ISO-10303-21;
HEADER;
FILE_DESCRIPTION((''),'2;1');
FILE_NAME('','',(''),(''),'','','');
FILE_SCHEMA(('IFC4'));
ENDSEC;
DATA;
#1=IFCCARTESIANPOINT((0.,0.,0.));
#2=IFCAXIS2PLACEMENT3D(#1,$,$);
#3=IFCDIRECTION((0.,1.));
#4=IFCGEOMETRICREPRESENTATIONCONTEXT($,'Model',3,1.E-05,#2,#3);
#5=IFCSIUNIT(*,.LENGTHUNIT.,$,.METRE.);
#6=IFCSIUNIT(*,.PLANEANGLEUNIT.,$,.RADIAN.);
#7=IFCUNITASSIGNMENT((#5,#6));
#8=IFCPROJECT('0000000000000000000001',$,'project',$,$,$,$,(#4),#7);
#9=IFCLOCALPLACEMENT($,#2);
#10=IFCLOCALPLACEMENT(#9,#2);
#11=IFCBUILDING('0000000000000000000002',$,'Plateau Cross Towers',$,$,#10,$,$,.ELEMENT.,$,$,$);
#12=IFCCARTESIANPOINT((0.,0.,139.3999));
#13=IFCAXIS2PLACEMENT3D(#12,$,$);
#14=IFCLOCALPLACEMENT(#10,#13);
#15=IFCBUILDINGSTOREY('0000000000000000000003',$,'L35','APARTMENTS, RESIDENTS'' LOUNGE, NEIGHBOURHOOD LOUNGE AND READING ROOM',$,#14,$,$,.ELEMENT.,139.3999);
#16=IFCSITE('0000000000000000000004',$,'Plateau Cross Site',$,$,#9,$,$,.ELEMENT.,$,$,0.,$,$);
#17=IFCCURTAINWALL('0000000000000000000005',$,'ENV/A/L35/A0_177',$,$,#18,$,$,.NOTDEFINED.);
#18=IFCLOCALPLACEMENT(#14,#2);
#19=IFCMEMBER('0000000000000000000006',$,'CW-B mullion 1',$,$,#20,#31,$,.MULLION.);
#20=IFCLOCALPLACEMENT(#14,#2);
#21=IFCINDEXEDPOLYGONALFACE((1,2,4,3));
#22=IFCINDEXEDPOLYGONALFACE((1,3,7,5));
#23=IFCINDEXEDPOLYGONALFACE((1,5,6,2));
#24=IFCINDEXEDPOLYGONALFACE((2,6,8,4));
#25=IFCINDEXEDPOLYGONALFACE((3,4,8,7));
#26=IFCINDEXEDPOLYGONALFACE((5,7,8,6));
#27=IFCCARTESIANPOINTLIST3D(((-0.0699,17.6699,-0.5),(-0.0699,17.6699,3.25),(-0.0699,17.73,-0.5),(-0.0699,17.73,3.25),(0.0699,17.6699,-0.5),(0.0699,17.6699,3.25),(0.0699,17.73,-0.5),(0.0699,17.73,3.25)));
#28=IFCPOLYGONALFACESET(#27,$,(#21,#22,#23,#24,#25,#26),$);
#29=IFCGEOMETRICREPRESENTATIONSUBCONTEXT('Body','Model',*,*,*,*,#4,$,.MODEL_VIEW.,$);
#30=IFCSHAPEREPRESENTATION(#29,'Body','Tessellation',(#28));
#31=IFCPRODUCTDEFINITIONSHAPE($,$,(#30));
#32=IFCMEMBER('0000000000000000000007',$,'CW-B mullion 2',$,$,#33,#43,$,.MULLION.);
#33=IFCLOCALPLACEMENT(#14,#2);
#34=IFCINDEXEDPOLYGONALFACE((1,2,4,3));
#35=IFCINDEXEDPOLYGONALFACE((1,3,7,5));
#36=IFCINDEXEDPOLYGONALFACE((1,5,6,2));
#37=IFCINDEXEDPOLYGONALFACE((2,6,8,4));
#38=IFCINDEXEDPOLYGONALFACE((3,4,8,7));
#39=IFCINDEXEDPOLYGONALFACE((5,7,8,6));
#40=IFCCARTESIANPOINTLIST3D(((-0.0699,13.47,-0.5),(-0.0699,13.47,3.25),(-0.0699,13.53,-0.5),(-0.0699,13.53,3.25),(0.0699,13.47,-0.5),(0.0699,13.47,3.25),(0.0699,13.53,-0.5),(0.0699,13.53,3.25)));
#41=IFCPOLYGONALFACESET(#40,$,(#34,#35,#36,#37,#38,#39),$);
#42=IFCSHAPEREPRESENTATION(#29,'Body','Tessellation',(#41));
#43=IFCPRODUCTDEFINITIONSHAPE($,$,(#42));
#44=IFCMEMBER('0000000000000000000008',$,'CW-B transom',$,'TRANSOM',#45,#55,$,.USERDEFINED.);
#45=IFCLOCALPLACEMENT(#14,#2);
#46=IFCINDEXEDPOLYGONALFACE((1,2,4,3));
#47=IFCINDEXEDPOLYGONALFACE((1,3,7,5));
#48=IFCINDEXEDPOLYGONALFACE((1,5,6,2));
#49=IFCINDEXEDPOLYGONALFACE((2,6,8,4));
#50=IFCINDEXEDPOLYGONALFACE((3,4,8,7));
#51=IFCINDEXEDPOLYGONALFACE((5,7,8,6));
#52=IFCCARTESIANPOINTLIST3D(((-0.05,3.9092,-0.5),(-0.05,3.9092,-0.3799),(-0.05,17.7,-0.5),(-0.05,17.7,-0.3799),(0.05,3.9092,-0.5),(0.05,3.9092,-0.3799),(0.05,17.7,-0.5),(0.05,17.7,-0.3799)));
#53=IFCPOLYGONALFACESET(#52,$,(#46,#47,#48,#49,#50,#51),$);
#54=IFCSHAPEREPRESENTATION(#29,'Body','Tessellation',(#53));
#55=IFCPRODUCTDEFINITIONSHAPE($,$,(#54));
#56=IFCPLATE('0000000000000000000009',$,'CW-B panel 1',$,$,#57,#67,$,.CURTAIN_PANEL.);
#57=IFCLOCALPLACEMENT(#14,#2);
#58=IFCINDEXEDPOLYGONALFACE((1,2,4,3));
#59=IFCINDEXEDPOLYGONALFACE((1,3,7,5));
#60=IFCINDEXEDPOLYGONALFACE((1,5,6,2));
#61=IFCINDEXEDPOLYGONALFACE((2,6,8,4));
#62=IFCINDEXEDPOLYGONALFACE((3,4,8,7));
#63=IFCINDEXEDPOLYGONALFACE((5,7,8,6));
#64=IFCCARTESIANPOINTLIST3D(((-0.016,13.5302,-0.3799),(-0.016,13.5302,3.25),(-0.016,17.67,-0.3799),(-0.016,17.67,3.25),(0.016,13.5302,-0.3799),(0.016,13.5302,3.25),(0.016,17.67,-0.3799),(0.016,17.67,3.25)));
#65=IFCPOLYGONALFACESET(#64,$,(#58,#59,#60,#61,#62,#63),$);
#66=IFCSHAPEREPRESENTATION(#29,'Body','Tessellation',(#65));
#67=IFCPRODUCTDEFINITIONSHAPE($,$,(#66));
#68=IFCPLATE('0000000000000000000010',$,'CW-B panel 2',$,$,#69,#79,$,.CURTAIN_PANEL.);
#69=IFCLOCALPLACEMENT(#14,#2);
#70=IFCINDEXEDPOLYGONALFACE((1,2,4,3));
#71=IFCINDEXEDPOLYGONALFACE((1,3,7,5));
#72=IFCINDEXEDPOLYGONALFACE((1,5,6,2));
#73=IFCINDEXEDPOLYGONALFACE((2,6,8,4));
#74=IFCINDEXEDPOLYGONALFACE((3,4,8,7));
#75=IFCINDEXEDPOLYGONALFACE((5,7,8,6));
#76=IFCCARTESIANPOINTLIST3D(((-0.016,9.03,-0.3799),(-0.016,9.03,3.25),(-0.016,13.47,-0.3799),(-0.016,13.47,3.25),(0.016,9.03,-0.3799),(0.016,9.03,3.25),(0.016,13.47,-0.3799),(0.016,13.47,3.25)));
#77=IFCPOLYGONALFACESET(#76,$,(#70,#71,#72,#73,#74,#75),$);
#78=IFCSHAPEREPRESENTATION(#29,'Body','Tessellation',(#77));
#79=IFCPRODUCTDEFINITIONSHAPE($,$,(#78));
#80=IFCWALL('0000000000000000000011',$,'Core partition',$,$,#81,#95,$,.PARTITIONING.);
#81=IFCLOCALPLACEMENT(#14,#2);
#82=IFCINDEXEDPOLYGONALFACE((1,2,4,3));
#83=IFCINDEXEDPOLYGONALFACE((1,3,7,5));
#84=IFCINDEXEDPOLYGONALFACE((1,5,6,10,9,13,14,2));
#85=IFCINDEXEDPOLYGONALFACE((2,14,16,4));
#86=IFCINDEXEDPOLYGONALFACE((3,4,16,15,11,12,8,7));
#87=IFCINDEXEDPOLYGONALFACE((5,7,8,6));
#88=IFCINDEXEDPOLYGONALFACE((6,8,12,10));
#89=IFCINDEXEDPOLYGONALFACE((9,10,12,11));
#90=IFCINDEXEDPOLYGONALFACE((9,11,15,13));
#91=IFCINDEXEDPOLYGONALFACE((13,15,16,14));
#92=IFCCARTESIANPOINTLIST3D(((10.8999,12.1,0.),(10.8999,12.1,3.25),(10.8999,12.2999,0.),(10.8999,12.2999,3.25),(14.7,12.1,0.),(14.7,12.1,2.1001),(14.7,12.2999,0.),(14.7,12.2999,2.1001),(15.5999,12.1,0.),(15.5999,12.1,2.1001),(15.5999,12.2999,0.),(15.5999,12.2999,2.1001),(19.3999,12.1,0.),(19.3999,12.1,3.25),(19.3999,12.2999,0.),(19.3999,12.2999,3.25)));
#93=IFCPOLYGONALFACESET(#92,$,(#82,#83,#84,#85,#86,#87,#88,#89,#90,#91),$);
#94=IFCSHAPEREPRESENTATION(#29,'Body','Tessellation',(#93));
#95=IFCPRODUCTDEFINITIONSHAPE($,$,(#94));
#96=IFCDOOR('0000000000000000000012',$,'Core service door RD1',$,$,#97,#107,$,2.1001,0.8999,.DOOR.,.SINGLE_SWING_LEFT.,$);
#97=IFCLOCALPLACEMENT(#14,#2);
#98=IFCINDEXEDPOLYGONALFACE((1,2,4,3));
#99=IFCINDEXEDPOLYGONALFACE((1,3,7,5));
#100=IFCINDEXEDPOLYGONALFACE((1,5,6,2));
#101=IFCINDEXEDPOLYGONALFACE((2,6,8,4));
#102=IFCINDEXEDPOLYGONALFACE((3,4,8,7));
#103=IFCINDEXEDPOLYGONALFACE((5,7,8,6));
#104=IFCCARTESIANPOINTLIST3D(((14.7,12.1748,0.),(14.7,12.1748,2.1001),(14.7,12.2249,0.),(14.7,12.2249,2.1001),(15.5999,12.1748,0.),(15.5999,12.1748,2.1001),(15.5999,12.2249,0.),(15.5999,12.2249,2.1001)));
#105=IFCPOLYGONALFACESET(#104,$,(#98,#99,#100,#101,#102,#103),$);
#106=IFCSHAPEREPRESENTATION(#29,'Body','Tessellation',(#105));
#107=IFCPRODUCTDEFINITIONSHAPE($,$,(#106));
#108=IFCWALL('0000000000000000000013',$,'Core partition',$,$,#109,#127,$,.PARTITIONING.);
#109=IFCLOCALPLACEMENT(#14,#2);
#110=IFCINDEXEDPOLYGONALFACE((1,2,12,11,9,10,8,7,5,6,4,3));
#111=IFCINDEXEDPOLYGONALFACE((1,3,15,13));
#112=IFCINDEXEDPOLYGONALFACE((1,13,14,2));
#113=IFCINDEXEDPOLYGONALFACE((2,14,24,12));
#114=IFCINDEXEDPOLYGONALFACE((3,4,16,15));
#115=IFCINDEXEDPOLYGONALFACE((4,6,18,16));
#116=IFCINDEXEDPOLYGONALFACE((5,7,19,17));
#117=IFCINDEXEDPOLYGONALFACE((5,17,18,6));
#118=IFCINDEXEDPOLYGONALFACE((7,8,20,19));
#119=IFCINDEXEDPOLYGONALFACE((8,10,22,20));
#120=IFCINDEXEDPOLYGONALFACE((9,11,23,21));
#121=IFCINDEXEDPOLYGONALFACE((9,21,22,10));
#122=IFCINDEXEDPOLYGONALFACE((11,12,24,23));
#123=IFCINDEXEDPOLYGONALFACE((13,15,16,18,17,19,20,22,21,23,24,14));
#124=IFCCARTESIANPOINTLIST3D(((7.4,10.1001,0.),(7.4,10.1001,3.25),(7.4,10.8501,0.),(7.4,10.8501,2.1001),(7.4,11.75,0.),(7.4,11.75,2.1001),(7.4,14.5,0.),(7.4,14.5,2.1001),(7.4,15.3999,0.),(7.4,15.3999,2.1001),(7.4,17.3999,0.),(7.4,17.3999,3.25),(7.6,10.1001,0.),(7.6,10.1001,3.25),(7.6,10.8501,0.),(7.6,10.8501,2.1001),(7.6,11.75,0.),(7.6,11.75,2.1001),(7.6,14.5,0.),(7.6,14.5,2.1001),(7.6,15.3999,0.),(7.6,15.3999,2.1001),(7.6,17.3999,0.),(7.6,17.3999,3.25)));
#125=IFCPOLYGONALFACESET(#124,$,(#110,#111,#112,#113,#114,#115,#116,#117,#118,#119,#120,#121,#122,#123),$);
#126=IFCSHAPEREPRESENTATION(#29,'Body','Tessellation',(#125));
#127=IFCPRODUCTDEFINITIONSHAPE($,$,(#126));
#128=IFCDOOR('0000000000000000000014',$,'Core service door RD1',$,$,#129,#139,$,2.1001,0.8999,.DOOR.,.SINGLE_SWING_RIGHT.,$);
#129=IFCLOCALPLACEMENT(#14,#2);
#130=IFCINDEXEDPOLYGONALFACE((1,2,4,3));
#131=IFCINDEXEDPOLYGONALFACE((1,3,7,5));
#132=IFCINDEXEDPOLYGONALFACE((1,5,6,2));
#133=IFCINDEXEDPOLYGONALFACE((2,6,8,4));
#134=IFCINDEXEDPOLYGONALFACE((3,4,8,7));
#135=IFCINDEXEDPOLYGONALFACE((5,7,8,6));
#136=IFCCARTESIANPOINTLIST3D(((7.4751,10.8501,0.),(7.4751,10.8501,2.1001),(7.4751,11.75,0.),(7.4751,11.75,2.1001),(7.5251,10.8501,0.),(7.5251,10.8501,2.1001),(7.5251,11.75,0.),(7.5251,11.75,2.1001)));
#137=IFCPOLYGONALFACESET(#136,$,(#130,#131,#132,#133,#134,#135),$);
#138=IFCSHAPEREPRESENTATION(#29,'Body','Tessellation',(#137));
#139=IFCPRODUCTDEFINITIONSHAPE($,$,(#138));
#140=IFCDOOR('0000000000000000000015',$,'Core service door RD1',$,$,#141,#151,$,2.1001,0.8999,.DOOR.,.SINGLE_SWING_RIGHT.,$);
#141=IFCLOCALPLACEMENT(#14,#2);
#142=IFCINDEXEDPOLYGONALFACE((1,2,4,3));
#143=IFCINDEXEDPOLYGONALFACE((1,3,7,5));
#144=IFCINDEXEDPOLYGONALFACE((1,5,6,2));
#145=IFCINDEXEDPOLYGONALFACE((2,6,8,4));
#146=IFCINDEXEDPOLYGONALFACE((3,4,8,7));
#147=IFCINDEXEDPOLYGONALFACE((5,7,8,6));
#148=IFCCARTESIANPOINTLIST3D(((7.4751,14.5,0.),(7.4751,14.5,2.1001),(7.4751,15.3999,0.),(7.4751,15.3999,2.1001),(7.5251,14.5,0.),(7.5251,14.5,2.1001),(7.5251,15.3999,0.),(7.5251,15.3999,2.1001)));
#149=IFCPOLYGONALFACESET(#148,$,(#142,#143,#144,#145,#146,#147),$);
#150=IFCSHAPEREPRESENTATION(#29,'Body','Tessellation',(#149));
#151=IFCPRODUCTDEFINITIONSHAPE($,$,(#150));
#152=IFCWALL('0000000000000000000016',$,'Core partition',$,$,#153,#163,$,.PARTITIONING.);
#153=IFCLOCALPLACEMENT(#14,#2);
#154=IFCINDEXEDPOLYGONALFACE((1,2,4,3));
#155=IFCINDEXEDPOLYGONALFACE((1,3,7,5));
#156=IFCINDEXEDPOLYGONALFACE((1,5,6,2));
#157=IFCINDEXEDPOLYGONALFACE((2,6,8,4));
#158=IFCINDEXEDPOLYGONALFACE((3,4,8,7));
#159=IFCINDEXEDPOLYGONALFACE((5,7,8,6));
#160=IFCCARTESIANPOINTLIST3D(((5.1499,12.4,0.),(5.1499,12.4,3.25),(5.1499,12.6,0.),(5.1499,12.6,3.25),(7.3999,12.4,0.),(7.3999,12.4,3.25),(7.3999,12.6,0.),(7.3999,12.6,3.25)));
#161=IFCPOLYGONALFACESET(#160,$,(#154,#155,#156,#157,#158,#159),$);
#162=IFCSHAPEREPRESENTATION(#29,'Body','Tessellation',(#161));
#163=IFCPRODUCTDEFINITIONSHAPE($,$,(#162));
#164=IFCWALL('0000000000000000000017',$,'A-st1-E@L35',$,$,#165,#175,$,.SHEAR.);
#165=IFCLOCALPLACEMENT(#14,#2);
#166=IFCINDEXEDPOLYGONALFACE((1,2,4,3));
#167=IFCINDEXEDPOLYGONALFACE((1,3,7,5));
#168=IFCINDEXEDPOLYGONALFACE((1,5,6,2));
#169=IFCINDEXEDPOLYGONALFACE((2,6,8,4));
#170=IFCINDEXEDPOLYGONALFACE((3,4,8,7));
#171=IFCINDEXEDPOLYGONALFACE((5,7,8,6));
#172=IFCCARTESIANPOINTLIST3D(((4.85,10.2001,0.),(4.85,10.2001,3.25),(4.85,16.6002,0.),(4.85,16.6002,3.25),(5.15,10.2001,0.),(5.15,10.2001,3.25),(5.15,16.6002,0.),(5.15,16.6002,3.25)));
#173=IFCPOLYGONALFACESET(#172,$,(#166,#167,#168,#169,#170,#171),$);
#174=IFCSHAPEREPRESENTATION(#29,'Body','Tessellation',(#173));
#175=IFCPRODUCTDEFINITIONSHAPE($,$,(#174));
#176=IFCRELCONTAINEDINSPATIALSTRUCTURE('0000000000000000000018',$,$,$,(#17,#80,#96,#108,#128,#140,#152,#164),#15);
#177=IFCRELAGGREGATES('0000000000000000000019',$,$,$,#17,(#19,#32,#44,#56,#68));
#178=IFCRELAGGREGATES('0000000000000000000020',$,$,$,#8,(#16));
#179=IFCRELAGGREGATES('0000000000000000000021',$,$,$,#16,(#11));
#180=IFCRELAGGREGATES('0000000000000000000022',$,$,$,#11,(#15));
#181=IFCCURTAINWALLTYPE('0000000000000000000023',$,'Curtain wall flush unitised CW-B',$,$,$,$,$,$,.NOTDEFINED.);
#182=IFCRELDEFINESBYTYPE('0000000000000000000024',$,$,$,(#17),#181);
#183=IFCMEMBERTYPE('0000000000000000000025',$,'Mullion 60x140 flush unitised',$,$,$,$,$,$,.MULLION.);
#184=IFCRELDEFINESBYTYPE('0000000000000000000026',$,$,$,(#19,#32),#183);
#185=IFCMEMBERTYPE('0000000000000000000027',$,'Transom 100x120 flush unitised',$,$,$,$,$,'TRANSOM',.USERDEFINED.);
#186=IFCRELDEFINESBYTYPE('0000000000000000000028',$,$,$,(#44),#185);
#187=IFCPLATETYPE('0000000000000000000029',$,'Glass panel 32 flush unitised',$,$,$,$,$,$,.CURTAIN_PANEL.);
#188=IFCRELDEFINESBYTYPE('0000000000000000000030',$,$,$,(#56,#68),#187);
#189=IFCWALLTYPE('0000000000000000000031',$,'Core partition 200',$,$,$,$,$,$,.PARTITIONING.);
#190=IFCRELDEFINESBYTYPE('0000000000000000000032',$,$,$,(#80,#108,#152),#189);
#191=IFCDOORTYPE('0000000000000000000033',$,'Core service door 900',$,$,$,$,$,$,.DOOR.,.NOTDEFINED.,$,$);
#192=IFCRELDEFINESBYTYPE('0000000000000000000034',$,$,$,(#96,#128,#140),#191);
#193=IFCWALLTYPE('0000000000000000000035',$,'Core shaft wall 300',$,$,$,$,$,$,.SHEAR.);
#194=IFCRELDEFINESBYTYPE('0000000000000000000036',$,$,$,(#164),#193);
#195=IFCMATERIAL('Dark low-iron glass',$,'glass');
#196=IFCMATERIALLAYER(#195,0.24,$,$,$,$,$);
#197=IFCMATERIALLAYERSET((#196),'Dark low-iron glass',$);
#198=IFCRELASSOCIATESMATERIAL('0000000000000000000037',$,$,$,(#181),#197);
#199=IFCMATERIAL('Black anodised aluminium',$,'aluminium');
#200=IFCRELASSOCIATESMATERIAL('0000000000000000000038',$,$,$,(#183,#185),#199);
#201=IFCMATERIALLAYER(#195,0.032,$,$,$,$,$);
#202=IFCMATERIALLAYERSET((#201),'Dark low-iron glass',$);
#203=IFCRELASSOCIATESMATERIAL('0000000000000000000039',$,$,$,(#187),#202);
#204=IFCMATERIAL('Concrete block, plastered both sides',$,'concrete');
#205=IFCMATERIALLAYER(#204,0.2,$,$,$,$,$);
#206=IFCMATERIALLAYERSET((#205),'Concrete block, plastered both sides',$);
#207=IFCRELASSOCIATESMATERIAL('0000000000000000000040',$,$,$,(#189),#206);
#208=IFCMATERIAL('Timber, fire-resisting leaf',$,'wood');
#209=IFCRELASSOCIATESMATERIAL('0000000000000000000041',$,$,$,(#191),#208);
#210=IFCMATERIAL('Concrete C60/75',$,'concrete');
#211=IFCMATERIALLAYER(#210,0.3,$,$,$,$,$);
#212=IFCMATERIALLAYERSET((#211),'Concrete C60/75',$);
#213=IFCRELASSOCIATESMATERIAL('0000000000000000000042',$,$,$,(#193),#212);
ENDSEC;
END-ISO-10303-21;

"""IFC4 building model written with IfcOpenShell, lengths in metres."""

from ifc_helpers import new_model, si_unit, direction, frame, frame_2d, origin, origin_2d, place, context, subcontext, project, spatial, rectangle, extrude, material, layer, layer_set, material_profile, profile_set, type_object, element, fill, aggregate, save


model = new_model("IFC4")

# Units and contexts
model_context = context("Model", 3, precision=1e-05, world=origin(), true_north=direction((0.0, 1.0)))
body_context = subcontext(model_context, "Body", "Model", "MODEL_VIEW")
ifc_project = project(units=[si_unit("LENGTHUNIT", "METRE"), si_unit("PLANEANGLEUNIT", "RADIAN")], contexts=[model_context])

# Site, building, storey
site_placement = place(None, origin())
site = spatial("IfcSite", under=ifc_project, at=site_placement, Name="Plateau Cross Site", CompositionType="ELEMENT", RefElevation=0.0)
building_placement = place(site_placement, origin())
building = spatial("IfcBuilding", under=site, at=building_placement, Name="Plateau Cross Towers", CompositionType="ELEMENT")
storey_placement = place(building_placement, frame((0.0, 0.0, 139.3999)))
storey = spatial("IfcBuildingStorey", under=building, at=storey_placement, Name="L35", Description="APARTMENTS, RESIDENTS' LOUNGE, NEIGHBOURHOOD LOUNGE AND READING ROOM", CompositionType="ELEMENT", Elevation=139.3999)

# Curtain wall, members, plates
ifc_material_1 = material(Name="Dark low-iron glass", Category="glass")
ifc_layer_1 = layer(ifc_material_1, 0.24)
ifc_layer_set_1 = layer_set([ifc_layer_1], Name="Dark low-iron glass")
curtain_wall_type = type_object("IfcCurtainWallType", Name="Curtain wall flush unitised CW-B", PredefinedType="NOTDEFINED", material=ifc_layer_set_1)
curtain_wall_placement = place(storey_placement, origin())
curtain_wall = element("IfcCurtainWall", 1, at=curtain_wall_placement, inside=storey, type_object=curtain_wall_type, Name="ENV/A/L35/A0_177", PredefinedType="NOTDEFINED")
ifc_material_2 = material(Name="Black anodised aluminium", Category="aluminium")
ifc_material_profile_1 = material_profile(ifc_material_2, rectangle(XDim=0.0601, YDim=0.1399, at=origin_2d()), Name="MULLION 60x140")
ifc_profile_set_1 = profile_set([ifc_material_profile_1], Name="Black anodised aluminium")
member_type_1 = type_object("IfcMemberType", Name="Mullion 60x140 flush unitised", PredefinedType="MULLION", material=ifc_profile_set_1)
member_1_placement = place(storey_placement, frame((0.0, 17.7, -0.5), z_axis=(0.0, 0.0, 1.0), x_axis=(0.0, -1.0, 0.0)))
member_1 = element("IfcMember", 2, at=member_1_placement, type_object=member_type_1, Name="CW-B mullion 1", PredefinedType="MULLION", context=body_context, shape_type="SweptSolid", body=[
    extrude(rectangle(XDim=0.0601, YDim=0.1399, at=origin_2d()), origin(), (0.0, 0.0, 1.0), 3.75),
])
member_2_placement = place(storey_placement, frame((0.0, 13.5, -0.5), z_axis=(0.0, 0.0, 1.0), x_axis=(0.0, -1.0, 0.0)))
member_2 = element("IfcMember", 3, at=member_2_placement, type_object=member_type_1, Name="CW-B mullion 2", PredefinedType="MULLION", context=body_context, shape_type="SweptSolid", body=[
    extrude(rectangle(XDim=0.0601, YDim=0.1399, at=origin_2d()), origin(), (0.0, 0.0, 1.0), 3.75),
])
ifc_material_profile_2 = material_profile(ifc_material_2, rectangle(XDim=0.1001, YDim=0.1201, at=origin_2d()), Name="TRANSOM 100x120")
ifc_profile_set_2 = profile_set([ifc_material_profile_2], Name="Black anodised aluminium")
member_type_2 = type_object("IfcMemberType", Name="Transom 100x120 flush unitised", ElementType="TRANSOM", PredefinedType="USERDEFINED", material=ifc_profile_set_2)
member_3_placement = place(storey_placement, frame((0.0, 17.7, -0.4399), z_axis=(0.0, -1.0, 0.0), x_axis=(1.0, 0.0, 0.0)))
member_3 = element("IfcMember", 4, at=member_3_placement, type_object=member_type_2, Name="CW-B transom", ObjectType="TRANSOM", PredefinedType="USERDEFINED", context=body_context, shape_type="SweptSolid", body=[
    extrude(rectangle(XDim=0.1001, YDim=0.1201, at=origin_2d()), origin(), (0.0, 0.0, 1.0), 13.7908),
])
ifc_layer_2 = layer(ifc_material_1, 0.032)
ifc_layer_set_2 = layer_set([ifc_layer_2], Name="Dark low-iron glass")
plate_type = type_object("IfcPlateType", Name="Glass panel 32 flush unitised", PredefinedType="CURTAIN_PANEL", material=ifc_layer_set_2)
plate_1_placement = place(storey_placement, frame((0.0, 15.6001, -0.3799), z_axis=(0.0, 0.0, 1.0), x_axis=(0.0, -1.0, 0.0)))
plate_1 = element("IfcPlate", 5, at=plate_1_placement, type_object=plate_type, Name="CW-B panel 1", PredefinedType="CURTAIN_PANEL", context=body_context, shape_type="SweptSolid", body=[
    extrude(rectangle(XDim=4.1399, YDim=0.032, at=origin_2d()), origin(), (0.0, 0.0, 1.0), 3.6299),
])
plate_2_placement = place(storey_placement, frame((0.0, 11.25, -0.3799), z_axis=(0.0, 0.0, 1.0), x_axis=(0.0, -1.0, 0.0)))
plate_2 = element("IfcPlate", 6, at=plate_2_placement, type_object=plate_type, Name="CW-B panel 2", PredefinedType="CURTAIN_PANEL", context=body_context, shape_type="SweptSolid", body=[
    extrude(rectangle(XDim=4.4399, YDim=0.032, at=origin_2d()), origin(), (0.0, 0.0, 1.0), 3.6299),
])
aggregate(curtain_wall, [member_1, member_2, member_3, plate_1, plate_2])

# Wall, opening, door
ifc_material_3 = material(Name="Concrete block, plastered both sides", Category="concrete")
ifc_layer_3 = layer(ifc_material_3, 0.2)
ifc_layer_set_3 = layer_set([ifc_layer_3], Name="Concrete block, plastered both sides")
wall_type_1 = type_object("IfcWallType", Name="Core partition 200", PredefinedType="PARTITIONING", material=ifc_layer_set_3)
wall_1_placement = place(storey_placement, frame((10.8999, 12.2, 0.0), z_axis=(0.0, 0.0, 1.0), x_axis=(1.0, 0.0, 0.0)))
wall_1 = element("IfcWall", 7, at=wall_1_placement, inside=storey, type_object=wall_type_1, Name="Core partition", PredefinedType="PARTITIONING", context=body_context, shape_type="SweptSolid", body=[
    extrude(rectangle(XDim=8.5, YDim=0.2, at=frame_2d((4.25, 0.0))), origin(), (0.0, 0.0, 1.0), 3.25),
])
opening_1_placement = place(wall_1_placement, frame((3.8, 0.0, 0.0)))
opening_1 = element("IfcOpeningElement", 8, at=opening_1_placement, cuts=wall_1, PredefinedType="OPENING", context=body_context, shape_type="SweptSolid", body=[
    extrude(rectangle(XDim=0.8999, YDim=2.1001, at=frame_2d((0.45, 1.05))), frame((0.0, 0.1099, 0.0), z_axis=(0.0, -1.0, 0.0), x_axis=(1.0, 0.0, 0.0)), (0.0, 0.0, 1.0), 0.22),
])
ifc_material_4 = material(Name="Timber, fire-resisting leaf", Category="wood")
door_type_1 = type_object("IfcDoorType", Name="Core service door 900", OperationType="NOTDEFINED", PredefinedType="DOOR", material=ifc_material_4)
door_1_placement = place(opening_1_placement, origin())
door_1 = element("IfcDoor", 9, at=door_1_placement, inside=storey, type_object=door_type_1, Name="Core service door RD1", OperationType="SINGLE_SWING_LEFT", OverallHeight=2.1001, OverallWidth=0.8999, PredefinedType="DOOR", context=body_context, shape_type="SweptSolid", body=[
    extrude(rectangle(XDim=0.8999, YDim=2.1001, at=frame_2d((0.45, 1.05))), frame((0.0, 0.0249, 0.0), z_axis=(0.0, -1.0, 0.0), x_axis=(1.0, 0.0, 0.0)), (0.0, 0.0, 1.0), 0.05),
])
fill(opening_1, door_1)

# Wall, openings, doors
wall_2_placement = place(storey_placement, frame((7.5, 10.1001, 0.0), z_axis=(0.0, 0.0, 1.0), x_axis=(0.0, 1.0, 0.0)))
wall_2 = element("IfcWall", 10, at=wall_2_placement, inside=storey, type_object=wall_type_1, Name="Core partition", PredefinedType="PARTITIONING", context=body_context, shape_type="SweptSolid", body=[
    extrude(rectangle(XDim=7.2998, YDim=0.2, at=frame_2d((3.6499, 0.0))), origin(), (0.0, 0.0, 1.0), 3.25),
])
opening_2_placement = place(wall_2_placement, frame((0.75, 0.0, 0.0)))
opening_2 = element("IfcOpeningElement", 11, at=opening_2_placement, cuts=wall_2, PredefinedType="OPENING", context=body_context, shape_type="SweptSolid", body=[
    extrude(rectangle(XDim=0.8999, YDim=2.1001, at=frame_2d((0.45, 1.05))), frame((0.0, 0.1099, 0.0), z_axis=(0.0, -1.0, 0.0), x_axis=(1.0, 0.0, 0.0)), (0.0, 0.0, 1.0), 0.22),
])
opening_3_placement = place(wall_2_placement, frame((4.3999, 0.0, 0.0)))
opening_3 = element("IfcOpeningElement", 12, at=opening_3_placement, cuts=wall_2, PredefinedType="OPENING", context=body_context, shape_type="SweptSolid", body=[
    extrude(rectangle(XDim=0.8999, YDim=2.1001, at=frame_2d((0.45, 1.05))), frame((0.0, 0.1099, 0.0), z_axis=(0.0, -1.0, 0.0), x_axis=(1.0, 0.0, 0.0)), (0.0, 0.0, 1.0), 0.22),
])
door_2_placement = place(opening_2_placement, origin())
door_2 = element("IfcDoor", 13, at=door_2_placement, inside=storey, type_object=door_type_1, Name="Core service door RD1", OperationType="SINGLE_SWING_RIGHT", OverallHeight=2.1001, OverallWidth=0.8999, PredefinedType="DOOR", context=body_context, shape_type="SweptSolid", body=[
    extrude(rectangle(XDim=0.8999, YDim=2.1001, at=frame_2d((0.45, 1.05))), frame((0.0, 0.0249, 0.0), z_axis=(0.0, -1.0, 0.0), x_axis=(1.0, 0.0, 0.0)), (0.0, 0.0, 1.0), 0.05),
])
fill(opening_2, door_2)
door_3_placement = place(opening_3_placement, origin())
door_3 = element("IfcDoor", 14, at=door_3_placement, inside=storey, type_object=door_type_1, Name="Core service door RD1", OperationType="SINGLE_SWING_RIGHT", OverallHeight=2.1001, OverallWidth=0.8999, PredefinedType="DOOR", context=body_context, shape_type="SweptSolid", body=[
    extrude(rectangle(XDim=0.8999, YDim=2.1001, at=frame_2d((0.45, 1.05))), frame((0.0, 0.0249, 0.0), z_axis=(0.0, -1.0, 0.0), x_axis=(1.0, 0.0, 0.0)), (0.0, 0.0, 1.0), 0.05),
])
fill(opening_3, door_3)

# Walls
wall_3_placement = place(storey_placement, frame((5.1499, 12.5, 0.0), z_axis=(0.0, 0.0, 1.0), x_axis=(1.0, 0.0, 0.0)))
element("IfcWall", 15, at=wall_3_placement, inside=storey, type_object=wall_type_1, Name="Core partition", PredefinedType="PARTITIONING", context=body_context, shape_type="SweptSolid", body=[
    extrude(rectangle(XDim=2.25, YDim=0.2, at=frame_2d((1.125, 0.0))), origin(), (0.0, 0.0, 1.0), 3.25),
])
ifc_material_5 = material(Name="Concrete C60/75", Category="concrete")
ifc_layer_4 = layer(ifc_material_5, 0.3)
ifc_layer_set_4 = layer_set([ifc_layer_4], Name="Concrete C60/75")
wall_type_2 = type_object("IfcWallType", Name="Core shaft wall 300", PredefinedType="SHEAR", material=ifc_layer_set_4)
wall_4_placement = place(storey_placement, frame((5.0, 10.2, 0.0), z_axis=(0.0, 0.0, 1.0), x_axis=(0.0, 1.0, 0.0)))
element("IfcWall", 16, at=wall_4_placement, inside=storey, type_object=wall_type_2, Name="A-st1-E@L35", PredefinedType="SHEAR", context=body_context, shape_type="SweptSolid", body=[
    extrude(rectangle(XDim=6.4001, YDim=0.3, at=frame_2d((3.2002, 0.0))), origin(), (0.0, 0.0, 1.0), 3.25),
])

save(model, "model.ifc")
